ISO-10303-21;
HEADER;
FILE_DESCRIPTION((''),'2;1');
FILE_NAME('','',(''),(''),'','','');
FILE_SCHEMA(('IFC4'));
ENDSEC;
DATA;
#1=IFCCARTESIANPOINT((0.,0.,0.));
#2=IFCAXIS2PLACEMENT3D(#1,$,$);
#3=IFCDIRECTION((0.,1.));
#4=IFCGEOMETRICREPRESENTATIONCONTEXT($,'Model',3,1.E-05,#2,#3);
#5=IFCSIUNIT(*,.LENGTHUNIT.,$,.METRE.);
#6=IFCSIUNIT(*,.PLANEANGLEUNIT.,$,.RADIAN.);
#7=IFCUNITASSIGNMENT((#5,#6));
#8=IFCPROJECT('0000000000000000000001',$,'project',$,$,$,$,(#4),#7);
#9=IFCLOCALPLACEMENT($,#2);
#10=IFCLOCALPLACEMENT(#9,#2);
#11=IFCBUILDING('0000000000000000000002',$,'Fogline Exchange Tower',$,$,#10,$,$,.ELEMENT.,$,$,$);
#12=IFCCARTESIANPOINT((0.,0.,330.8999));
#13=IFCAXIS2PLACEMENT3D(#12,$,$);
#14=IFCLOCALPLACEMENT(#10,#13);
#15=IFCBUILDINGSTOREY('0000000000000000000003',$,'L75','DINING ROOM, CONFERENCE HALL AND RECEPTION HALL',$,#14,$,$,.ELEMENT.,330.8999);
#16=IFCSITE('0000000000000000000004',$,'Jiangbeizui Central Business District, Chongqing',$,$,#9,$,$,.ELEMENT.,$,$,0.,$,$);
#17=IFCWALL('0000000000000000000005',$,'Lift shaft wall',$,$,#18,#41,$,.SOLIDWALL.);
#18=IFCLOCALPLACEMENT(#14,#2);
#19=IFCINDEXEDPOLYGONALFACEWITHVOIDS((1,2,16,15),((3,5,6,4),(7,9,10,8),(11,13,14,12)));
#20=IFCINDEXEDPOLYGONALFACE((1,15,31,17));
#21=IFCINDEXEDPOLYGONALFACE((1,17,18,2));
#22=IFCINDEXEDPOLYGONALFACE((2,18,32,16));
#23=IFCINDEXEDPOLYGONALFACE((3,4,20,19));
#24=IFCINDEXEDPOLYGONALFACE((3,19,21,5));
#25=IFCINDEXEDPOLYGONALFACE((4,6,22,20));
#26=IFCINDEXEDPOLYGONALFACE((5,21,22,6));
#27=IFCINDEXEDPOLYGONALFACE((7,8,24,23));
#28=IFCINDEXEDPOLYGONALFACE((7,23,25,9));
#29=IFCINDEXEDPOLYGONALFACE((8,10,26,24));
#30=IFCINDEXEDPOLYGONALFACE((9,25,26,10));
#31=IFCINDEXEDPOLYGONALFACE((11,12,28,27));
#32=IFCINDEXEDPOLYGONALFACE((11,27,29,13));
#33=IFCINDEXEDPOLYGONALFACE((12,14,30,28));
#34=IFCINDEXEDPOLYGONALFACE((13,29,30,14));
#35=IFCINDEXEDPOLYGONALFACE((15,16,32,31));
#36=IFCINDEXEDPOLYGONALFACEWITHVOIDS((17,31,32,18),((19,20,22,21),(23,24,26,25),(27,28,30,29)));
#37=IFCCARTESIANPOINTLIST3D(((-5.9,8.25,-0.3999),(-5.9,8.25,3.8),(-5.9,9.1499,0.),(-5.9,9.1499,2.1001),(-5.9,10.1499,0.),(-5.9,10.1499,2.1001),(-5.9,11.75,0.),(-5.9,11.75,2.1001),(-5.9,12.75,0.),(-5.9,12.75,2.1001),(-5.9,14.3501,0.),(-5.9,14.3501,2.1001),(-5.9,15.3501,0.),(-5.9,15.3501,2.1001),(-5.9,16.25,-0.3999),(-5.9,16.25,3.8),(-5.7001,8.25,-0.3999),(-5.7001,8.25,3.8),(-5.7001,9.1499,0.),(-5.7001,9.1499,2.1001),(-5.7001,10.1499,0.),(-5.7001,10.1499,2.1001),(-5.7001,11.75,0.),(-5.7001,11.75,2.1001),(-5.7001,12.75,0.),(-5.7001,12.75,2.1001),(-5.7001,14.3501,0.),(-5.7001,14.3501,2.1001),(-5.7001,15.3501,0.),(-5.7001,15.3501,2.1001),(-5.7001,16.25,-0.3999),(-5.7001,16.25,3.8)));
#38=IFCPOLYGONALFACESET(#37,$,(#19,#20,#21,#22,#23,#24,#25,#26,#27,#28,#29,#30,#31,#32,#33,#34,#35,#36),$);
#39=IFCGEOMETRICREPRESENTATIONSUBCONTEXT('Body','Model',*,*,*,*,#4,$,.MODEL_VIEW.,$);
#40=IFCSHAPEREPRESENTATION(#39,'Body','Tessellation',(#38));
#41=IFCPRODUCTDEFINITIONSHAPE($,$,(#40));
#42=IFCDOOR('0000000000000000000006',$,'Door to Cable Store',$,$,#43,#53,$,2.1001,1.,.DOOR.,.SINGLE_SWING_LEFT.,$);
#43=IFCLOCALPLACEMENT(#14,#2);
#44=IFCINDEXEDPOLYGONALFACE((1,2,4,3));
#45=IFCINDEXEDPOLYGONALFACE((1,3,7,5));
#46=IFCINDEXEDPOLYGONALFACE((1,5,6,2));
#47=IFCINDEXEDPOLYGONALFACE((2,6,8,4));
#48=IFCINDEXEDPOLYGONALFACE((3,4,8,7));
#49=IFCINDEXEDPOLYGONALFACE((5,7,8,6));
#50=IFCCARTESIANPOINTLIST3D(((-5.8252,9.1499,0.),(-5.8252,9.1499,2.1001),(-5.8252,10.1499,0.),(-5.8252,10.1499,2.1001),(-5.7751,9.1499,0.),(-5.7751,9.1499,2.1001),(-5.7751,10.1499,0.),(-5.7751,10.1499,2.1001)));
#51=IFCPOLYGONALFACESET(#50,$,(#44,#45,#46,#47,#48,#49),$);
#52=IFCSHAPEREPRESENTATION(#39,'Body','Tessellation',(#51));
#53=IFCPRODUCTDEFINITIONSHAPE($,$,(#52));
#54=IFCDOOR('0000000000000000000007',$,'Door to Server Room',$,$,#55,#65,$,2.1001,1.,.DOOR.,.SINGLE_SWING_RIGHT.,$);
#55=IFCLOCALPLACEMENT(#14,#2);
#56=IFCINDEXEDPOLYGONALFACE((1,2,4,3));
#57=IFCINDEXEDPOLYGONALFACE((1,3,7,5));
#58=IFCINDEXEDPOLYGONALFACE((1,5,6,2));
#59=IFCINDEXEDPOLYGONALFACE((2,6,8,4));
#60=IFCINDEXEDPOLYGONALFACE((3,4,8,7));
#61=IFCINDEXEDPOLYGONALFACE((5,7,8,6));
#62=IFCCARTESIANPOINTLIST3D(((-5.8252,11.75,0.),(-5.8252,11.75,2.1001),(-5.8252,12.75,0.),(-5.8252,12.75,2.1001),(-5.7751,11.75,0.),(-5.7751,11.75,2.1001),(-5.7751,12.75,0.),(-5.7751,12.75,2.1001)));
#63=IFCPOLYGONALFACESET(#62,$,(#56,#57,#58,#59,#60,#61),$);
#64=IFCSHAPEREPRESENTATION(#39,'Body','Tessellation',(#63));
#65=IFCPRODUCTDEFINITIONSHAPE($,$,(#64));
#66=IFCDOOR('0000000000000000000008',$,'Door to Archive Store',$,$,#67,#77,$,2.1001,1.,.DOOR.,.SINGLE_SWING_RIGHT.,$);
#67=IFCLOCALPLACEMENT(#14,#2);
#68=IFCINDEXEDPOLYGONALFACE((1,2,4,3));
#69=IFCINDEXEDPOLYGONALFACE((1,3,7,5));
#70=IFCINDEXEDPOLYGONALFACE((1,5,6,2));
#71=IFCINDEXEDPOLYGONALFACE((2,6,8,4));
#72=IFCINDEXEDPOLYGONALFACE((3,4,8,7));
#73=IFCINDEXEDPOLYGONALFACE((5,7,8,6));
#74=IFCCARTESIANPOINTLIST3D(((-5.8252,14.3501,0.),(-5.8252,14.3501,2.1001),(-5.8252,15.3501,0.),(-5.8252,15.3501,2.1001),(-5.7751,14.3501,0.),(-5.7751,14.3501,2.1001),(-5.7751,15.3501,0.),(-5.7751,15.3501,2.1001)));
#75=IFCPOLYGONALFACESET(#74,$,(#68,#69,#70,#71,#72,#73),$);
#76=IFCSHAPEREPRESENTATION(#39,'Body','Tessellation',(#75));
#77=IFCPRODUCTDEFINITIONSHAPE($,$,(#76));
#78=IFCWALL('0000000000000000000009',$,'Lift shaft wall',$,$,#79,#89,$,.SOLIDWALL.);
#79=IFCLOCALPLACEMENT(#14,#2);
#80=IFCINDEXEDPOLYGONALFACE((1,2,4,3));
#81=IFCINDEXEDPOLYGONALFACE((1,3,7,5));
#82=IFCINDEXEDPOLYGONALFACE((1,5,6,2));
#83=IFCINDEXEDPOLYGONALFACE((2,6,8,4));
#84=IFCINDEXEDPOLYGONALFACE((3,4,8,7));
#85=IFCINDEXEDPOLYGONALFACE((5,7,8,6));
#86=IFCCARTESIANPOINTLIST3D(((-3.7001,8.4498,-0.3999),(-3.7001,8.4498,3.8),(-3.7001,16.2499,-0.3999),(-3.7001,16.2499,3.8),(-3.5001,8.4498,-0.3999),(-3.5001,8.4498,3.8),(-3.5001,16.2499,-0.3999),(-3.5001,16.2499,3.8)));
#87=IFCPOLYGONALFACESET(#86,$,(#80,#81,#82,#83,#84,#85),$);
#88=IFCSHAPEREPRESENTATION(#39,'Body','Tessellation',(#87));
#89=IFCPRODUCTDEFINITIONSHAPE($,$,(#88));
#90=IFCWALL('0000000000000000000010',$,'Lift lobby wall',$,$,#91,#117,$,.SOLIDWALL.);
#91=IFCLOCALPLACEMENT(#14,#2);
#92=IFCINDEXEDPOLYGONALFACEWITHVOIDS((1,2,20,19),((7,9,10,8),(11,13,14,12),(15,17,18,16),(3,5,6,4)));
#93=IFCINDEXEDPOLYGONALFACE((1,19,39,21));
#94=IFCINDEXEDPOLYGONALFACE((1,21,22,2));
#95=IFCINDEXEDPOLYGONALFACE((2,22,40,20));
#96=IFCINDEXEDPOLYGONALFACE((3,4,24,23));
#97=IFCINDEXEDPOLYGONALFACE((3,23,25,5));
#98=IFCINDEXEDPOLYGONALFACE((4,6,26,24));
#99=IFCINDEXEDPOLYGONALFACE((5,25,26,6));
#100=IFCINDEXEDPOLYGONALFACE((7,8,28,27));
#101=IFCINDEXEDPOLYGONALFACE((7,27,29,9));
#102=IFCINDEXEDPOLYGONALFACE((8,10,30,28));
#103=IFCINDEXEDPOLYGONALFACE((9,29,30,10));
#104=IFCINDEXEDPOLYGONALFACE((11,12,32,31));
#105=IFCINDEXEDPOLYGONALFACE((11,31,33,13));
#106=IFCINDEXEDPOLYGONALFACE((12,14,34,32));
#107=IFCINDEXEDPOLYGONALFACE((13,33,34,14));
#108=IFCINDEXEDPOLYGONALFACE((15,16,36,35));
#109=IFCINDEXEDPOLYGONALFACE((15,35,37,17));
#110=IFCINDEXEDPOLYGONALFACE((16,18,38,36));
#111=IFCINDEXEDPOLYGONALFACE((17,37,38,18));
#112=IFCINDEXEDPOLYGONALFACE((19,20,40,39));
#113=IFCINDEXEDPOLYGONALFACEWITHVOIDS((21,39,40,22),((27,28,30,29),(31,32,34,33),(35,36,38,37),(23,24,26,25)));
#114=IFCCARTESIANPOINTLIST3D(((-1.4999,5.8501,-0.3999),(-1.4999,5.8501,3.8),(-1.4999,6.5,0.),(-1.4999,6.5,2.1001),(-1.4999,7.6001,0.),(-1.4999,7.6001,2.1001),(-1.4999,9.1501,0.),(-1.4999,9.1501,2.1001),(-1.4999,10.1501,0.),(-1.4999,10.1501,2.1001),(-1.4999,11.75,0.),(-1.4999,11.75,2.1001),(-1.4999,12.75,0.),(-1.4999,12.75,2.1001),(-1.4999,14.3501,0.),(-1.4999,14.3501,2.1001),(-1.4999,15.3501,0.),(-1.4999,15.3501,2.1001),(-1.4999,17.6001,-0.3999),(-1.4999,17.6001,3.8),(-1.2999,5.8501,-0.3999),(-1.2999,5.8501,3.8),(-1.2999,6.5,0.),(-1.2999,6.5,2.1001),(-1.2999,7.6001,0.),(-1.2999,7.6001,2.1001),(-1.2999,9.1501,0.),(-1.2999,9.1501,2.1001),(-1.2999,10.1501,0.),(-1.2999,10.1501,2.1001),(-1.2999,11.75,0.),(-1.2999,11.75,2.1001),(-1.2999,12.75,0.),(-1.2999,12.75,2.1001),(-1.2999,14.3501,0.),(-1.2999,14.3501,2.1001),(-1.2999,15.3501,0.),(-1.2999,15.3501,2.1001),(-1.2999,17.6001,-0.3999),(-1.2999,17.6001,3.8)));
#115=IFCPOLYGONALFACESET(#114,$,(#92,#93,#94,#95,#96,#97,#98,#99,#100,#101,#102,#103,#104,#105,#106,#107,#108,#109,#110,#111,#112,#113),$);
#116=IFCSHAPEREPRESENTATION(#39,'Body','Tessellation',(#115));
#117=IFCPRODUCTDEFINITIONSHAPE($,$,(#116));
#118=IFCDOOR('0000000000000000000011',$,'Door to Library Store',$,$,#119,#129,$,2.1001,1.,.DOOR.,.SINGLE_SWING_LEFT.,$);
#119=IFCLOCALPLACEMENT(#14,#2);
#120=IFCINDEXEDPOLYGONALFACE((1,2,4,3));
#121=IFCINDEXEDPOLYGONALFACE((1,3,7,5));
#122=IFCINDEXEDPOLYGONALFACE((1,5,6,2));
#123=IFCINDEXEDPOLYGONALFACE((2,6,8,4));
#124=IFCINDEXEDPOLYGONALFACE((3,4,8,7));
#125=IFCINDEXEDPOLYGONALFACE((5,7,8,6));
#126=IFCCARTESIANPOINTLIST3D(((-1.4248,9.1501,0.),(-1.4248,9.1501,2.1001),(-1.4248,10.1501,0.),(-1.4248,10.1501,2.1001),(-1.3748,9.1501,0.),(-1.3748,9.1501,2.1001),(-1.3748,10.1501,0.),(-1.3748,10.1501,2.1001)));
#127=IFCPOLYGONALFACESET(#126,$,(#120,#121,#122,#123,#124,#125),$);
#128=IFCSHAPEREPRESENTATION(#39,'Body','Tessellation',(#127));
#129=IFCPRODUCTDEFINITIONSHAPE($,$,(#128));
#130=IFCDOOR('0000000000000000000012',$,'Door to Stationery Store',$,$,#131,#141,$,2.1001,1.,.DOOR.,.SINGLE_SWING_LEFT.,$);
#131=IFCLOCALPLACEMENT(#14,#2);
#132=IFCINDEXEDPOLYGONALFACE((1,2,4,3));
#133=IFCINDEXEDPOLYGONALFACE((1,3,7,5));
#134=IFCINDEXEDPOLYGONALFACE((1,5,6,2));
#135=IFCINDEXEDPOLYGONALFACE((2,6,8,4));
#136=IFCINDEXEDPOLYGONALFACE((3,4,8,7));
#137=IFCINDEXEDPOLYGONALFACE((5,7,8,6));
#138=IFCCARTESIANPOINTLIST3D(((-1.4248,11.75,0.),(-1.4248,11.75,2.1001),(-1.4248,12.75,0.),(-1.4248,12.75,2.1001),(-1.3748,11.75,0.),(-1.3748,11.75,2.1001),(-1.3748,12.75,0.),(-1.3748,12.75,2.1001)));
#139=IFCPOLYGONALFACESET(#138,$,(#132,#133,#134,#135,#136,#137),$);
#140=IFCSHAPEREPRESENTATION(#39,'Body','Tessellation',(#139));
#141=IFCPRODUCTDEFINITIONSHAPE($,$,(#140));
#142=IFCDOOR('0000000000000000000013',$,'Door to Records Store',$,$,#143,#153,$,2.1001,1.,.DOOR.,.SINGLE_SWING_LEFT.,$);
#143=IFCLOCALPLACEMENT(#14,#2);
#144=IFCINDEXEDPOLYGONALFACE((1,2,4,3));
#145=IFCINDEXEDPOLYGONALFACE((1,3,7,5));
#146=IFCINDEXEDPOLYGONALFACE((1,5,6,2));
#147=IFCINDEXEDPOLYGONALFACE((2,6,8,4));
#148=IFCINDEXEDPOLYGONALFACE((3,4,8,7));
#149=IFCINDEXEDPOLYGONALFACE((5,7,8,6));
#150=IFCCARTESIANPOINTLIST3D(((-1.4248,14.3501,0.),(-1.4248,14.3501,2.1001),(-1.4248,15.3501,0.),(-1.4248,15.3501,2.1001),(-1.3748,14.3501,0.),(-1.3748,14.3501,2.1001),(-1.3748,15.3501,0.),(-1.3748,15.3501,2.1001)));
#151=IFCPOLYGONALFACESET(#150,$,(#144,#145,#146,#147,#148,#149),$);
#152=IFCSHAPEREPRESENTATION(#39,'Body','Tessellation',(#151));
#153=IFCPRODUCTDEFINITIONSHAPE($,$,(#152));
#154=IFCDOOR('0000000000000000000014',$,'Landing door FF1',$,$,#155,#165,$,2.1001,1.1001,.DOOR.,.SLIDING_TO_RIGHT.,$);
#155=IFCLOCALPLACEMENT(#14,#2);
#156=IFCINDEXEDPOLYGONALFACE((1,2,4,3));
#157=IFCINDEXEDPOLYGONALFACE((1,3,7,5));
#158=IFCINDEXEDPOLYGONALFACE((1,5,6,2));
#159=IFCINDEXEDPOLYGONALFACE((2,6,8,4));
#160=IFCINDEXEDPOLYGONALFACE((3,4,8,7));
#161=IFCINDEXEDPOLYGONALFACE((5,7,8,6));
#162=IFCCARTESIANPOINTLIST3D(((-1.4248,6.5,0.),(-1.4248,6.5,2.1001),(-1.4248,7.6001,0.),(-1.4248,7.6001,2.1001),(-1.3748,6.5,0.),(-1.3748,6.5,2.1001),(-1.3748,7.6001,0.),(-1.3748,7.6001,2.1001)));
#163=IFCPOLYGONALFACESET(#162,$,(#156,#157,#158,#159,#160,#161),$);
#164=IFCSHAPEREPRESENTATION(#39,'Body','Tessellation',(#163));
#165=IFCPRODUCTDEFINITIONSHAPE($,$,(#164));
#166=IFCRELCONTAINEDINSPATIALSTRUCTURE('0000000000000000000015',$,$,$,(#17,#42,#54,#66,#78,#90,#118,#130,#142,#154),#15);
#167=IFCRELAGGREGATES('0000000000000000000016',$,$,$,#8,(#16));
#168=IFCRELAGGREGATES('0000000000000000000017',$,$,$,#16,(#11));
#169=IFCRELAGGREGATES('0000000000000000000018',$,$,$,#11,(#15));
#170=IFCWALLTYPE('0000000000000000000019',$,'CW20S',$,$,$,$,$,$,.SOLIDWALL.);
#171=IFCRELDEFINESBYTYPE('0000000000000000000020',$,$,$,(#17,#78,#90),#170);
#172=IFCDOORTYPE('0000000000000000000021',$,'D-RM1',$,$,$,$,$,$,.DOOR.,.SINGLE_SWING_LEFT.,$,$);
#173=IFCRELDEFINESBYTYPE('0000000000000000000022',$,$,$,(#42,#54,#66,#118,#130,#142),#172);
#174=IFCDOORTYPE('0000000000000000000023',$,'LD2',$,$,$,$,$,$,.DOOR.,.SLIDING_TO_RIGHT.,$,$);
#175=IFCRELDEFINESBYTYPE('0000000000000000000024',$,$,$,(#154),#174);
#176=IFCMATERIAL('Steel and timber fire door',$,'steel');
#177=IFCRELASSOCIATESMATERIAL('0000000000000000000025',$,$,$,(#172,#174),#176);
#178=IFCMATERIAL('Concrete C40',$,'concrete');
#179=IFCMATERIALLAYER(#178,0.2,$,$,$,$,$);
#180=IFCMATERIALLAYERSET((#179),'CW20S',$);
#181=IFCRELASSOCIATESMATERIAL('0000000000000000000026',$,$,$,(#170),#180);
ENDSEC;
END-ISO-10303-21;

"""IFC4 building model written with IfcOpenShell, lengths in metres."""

from ifc_helpers import new_model, si_unit, direction, frame, frame_2d, origin, place, context, subcontext, project, spatial, rectangle, extrude, material, layer, layer_set, type_object, element, fill, save


model = new_model("IFC4")

# Units and contexts
model_context = context("Model", 3, precision=1e-05, world=origin(), true_north=direction((0.0, 1.0)))
body_context = subcontext(model_context, "Body", "Model", "MODEL_VIEW")
ifc_project = project(units=[si_unit("LENGTHUNIT", "METRE"), si_unit("PLANEANGLEUNIT", "RADIAN")], contexts=[model_context])

# Site, building, storey
site_placement = place(None, origin())
site = spatial("IfcSite", under=ifc_project, at=site_placement, Name="Jiangbeizui Central Business District, Chongqing", CompositionType="ELEMENT", RefElevation=0.0)
building_placement = place(site_placement, origin())
building = spatial("IfcBuilding", under=site, at=building_placement, Name="Fogline Exchange Tower", CompositionType="ELEMENT")
storey_placement = place(building_placement, frame((0.0, 0.0, 330.8999)))
storey = spatial("IfcBuildingStorey", under=building, at=storey_placement, Name="L75", Description="DINING ROOM, CONFERENCE HALL AND RECEPTION HALL", CompositionType="ELEMENT", Elevation=330.8999)

# Shared definitions
ifc_material_1 = material(Name="Steel and timber fire door", Category="steel")

# Shared definitions
ifc_material_2 = material(Name="Concrete C40", Category="concrete")

# Shared definitions
door_type_1 = type_object("IfcDoorType", Name="D-RM1", OperationType="SINGLE_SWING_LEFT", PredefinedType="DOOR", material=ifc_material_1)

# Wall, openings, doors
ifc_layer_1 = layer(ifc_material_2, 0.2)
ifc_layer_set_1 = layer_set([ifc_layer_1], Name="CW20S")
wall_type_1 = type_object("IfcWallType", Name="CW20S", PredefinedType="SOLIDWALL", material=ifc_layer_set_1)
wall_1_placement = place(storey_placement, frame((-5.8, 8.25, -0.3999), z_axis=(0.0, 0.0, 1.0), x_axis=(0.0, 1.0, 0.0)))
wall_1 = element("IfcWall", 1, at=wall_1_placement, inside=storey, type_object=wall_type_1, Name="Lift shaft wall", PredefinedType="SOLIDWALL", context=body_context, shape_type="SweptSolid", body=[
    extrude(rectangle(XDim=8.0, YDim=0.2, at=frame_2d((4.0, 0.0))), origin(), (0.0, 0.0, 1.0), 4.2),
])
opening_1_placement = place(wall_1_placement, frame((0.8999, 0.0, 0.3999)))
opening_1 = element("IfcOpeningElement", 2, at=opening_1_placement, cuts=wall_1, PredefinedType="OPENING", context=body_context, shape_type="SweptSolid", body=[
    extrude(rectangle(XDim=1.0, YDim=2.1001, at=frame_2d((0.5, 1.05))), frame((0.0, 0.1099, 0.0), z_axis=(0.0, -1.0, 0.0), x_axis=(1.0, 0.0, 0.0)), (0.0, 0.0, 1.0), 0.22),
])
opening_2_placement = place(wall_1_placement, frame((3.5, 0.0, 0.3999)))
opening_2 = element("IfcOpeningElement", 3, at=opening_2_placement, cuts=wall_1, PredefinedType="OPENING", context=body_context, shape_type="SweptSolid", body=[
    extrude(rectangle(XDim=1.0, YDim=2.1001, at=frame_2d((0.5, 1.05))), frame((0.0, 0.1099, 0.0), z_axis=(0.0, -1.0, 0.0), x_axis=(1.0, 0.0, 0.0)), (0.0, 0.0, 1.0), 0.22),
])
opening_3_placement = place(wall_1_placement, frame((6.1001, 0.0, 0.3999)))
opening_3 = element("IfcOpeningElement", 4, at=opening_3_placement, cuts=wall_1, PredefinedType="OPENING", context=body_context, shape_type="SweptSolid", body=[
    extrude(rectangle(XDim=1.0, YDim=2.1001, at=frame_2d((0.5, 1.05))), frame((0.0, 0.1099, 0.0), z_axis=(0.0, -1.0, 0.0), x_axis=(1.0, 0.0, 0.0)), (0.0, 0.0, 1.0), 0.22),
])
door_1_placement = place(opening_1_placement, frame((1.0, 0.0, 0.0), z_axis=(0.0, 0.0, 1.0), x_axis=(-1.0, 0.0, 0.0)))
door_1 = element("IfcDoor", 5, at=door_1_placement, inside=storey, type_object=door_type_1, Name="Door to Cable Store", OperationType="SINGLE_SWING_LEFT", OverallHeight=2.1001, OverallWidth=1.0, PredefinedType="DOOR", context=body_context, shape_type="SweptSolid", body=[
    extrude(rectangle(XDim=1.0, YDim=2.1001, at=frame_2d((0.5, 1.05))), frame((0.0, 0.0249, 0.0), z_axis=(0.0, -1.0, 0.0), x_axis=(1.0, 0.0, 0.0)), (0.0, 0.0, 1.0), 0.05),
])
fill(opening_1, door_1)
door_2_placement = place(opening_2_placement, frame((1.0, 0.0, 0.0), z_axis=(0.0, 0.0, 1.0), x_axis=(-1.0, 0.0, 0.0)))
door_2 = element("IfcDoor", 6, at=door_2_placement, inside=storey, type_object=door_type_1, Name="Door to Server Room", OperationType="SINGLE_SWING_RIGHT", OverallHeight=2.1001, OverallWidth=1.0, PredefinedType="DOOR", context=body_context, shape_type="SweptSolid", body=[
    extrude(rectangle(XDim=1.0, YDim=2.1001, at=frame_2d((0.5, 1.05))), frame((0.0, 0.0249, 0.0), z_axis=(0.0, -1.0, 0.0), x_axis=(1.0, 0.0, 0.0)), (0.0, 0.0, 1.0), 0.05),
])
fill(opening_2, door_2)
door_3_placement = place(opening_3_placement, frame((1.0, 0.0, 0.0), z_axis=(0.0, 0.0, 1.0), x_axis=(-1.0, 0.0, 0.0)))
door_3 = element("IfcDoor", 7, at=door_3_placement, inside=storey, type_object=door_type_1, Name="Door to Archive Store", OperationType="SINGLE_SWING_RIGHT", OverallHeight=2.1001, OverallWidth=1.0, PredefinedType="DOOR", context=body_context, shape_type="SweptSolid", body=[
    extrude(rectangle(XDim=1.0, YDim=2.1001, at=frame_2d((0.5, 1.05))), frame((0.0, 0.0249, 0.0), z_axis=(0.0, -1.0, 0.0), x_axis=(1.0, 0.0, 0.0)), (0.0, 0.0, 1.0), 0.05),
])
fill(opening_3, door_3)

# Wall
wall_2_placement = place(storey_placement, frame((-3.6001, 8.45, -0.3999), z_axis=(0.0, 0.0, 1.0), x_axis=(0.0, 1.0, 0.0)))
element("IfcWall", 8, at=wall_2_placement, inside=storey, type_object=wall_type_1, Name="Lift shaft wall", PredefinedType="SOLIDWALL", context=body_context, shape_type="SweptSolid", body=[
    extrude(rectangle(XDim=7.8, YDim=0.2, at=frame_2d((3.8999, 0.0))), origin(), (0.0, 0.0, 1.0), 4.2),
])

# Wall, openings, doors
wall_3_placement = place(storey_placement, frame((-1.3999, 5.8501, -0.3999), z_axis=(0.0, 0.0, 1.0), x_axis=(0.0, 1.0, 0.0)))
wall_3 = element("IfcWall", 9, at=wall_3_placement, inside=storey, type_object=wall_type_1, Name="Lift lobby wall", PredefinedType="SOLIDWALL", context=body_context, shape_type="SweptSolid", body=[
    extrude(rectangle(XDim=11.75, YDim=0.2, at=frame_2d((5.875, 0.0))), origin(), (0.0, 0.0, 1.0), 4.2),
])
opening_4_placement = place(wall_3_placement, frame((0.6499, 0.0, 0.3999)))
opening_4 = element("IfcOpeningElement", 10, at=opening_4_placement, cuts=wall_3, PredefinedType="OPENING", context=body_context, shape_type="SweptSolid", body=[
    extrude(rectangle(XDim=1.1001, YDim=2.1001, at=frame_2d((0.55, 1.05))), frame((0.0, 0.1099, 0.0), z_axis=(0.0, -1.0, 0.0), x_axis=(1.0, 0.0, 0.0)), (0.0, 0.0, 1.0), 0.22),
])
opening_5_placement = place(wall_3_placement, frame((3.3, 0.0, 0.3999)))
opening_5 = element("IfcOpeningElement", 11, at=opening_5_placement, cuts=wall_3, PredefinedType="OPENING", context=body_context, shape_type="SweptSolid", body=[
    extrude(rectangle(XDim=1.0, YDim=2.1001, at=frame_2d((0.5, 1.05))), frame((0.0, 0.1099, 0.0), z_axis=(0.0, -1.0, 0.0), x_axis=(1.0, 0.0, 0.0)), (0.0, 0.0, 1.0), 0.22),
])
opening_6_placement = place(wall_3_placement, frame((5.8999, 0.0, 0.3999)))
opening_6 = element("IfcOpeningElement", 12, at=opening_6_placement, cuts=wall_3, PredefinedType="OPENING", context=body_context, shape_type="SweptSolid", body=[
    extrude(rectangle(XDim=1.0, YDim=2.1001, at=frame_2d((0.5, 1.05))), frame((0.0, 0.1099, 0.0), z_axis=(0.0, -1.0, 0.0), x_axis=(1.0, 0.0, 0.0)), (0.0, 0.0, 1.0), 0.22),
])
opening_7_placement = place(wall_3_placement, frame((8.5, 0.0, 0.3999)))
opening_7 = element("IfcOpeningElement", 13, at=opening_7_placement, cuts=wall_3, PredefinedType="OPENING", context=body_context, shape_type="SweptSolid", body=[
    extrude(rectangle(XDim=1.0, YDim=2.1001, at=frame_2d((0.5, 1.05))), frame((0.0, 0.1099, 0.0), z_axis=(0.0, -1.0, 0.0), x_axis=(1.0, 0.0, 0.0)), (0.0, 0.0, 1.0), 0.22),
])
door_4_placement = place(opening_5_placement, origin())
door_4 = element("IfcDoor", 14, at=door_4_placement, inside=storey, type_object=door_type_1, Name="Door to Library Store", OperationType="SINGLE_SWING_LEFT", OverallHeight=2.1001, OverallWidth=1.0, PredefinedType="DOOR", context=body_context, shape_type="SweptSolid", body=[
    extrude(rectangle(XDim=1.0, YDim=2.1001, at=frame_2d((0.5, 1.05))), frame((0.0, 0.0249, 0.0), z_axis=(0.0, -1.0, 0.0), x_axis=(1.0, 0.0, 0.0)), (0.0, 0.0, 1.0), 0.05),
])
fill(opening_5, door_4)
door_5_placement = place(opening_6_placement, origin())
door_5 = element("IfcDoor", 15, at=door_5_placement, inside=storey, type_object=door_type_1, Name="Door to Stationery Store", OperationType="SINGLE_SWING_LEFT", OverallHeight=2.1001, OverallWidth=1.0, PredefinedType="DOOR", context=body_context, shape_type="SweptSolid", body=[
    extrude(rectangle(XDim=1.0, YDim=2.1001, at=frame_2d((0.5, 1.05))), frame((0.0, 0.0249, 0.0), z_axis=(0.0, -1.0, 0.0), x_axis=(1.0, 0.0, 0.0)), (0.0, 0.0, 1.0), 0.05),
])
fill(opening_6, door_5)
door_6_placement = place(opening_7_placement, origin())
door_6 = element("IfcDoor", 16, at=door_6_placement, inside=storey, type_object=door_type_1, Name="Door to Records Store", OperationType="SINGLE_SWING_LEFT", OverallHeight=2.1001, OverallWidth=1.0, PredefinedType="DOOR", context=body_context, shape_type="SweptSolid", body=[
    extrude(rectangle(XDim=1.0, YDim=2.1001, at=frame_2d((0.5, 1.05))), frame((0.0, 0.0249, 0.0), z_axis=(0.0, -1.0, 0.0), x_axis=(1.0, 0.0, 0.0)), (0.0, 0.0, 1.0), 0.05),
])
fill(opening_7, door_6)
door_type_2 = type_object("IfcDoorType", Name="LD2", OperationType="SLIDING_TO_RIGHT", PredefinedType="DOOR", material=ifc_material_1)
door_7_placement = place(opening_4_placement, origin())
door_7 = element("IfcDoor", 17, at=door_7_placement, inside=storey, type_object=door_type_2, Name="Landing door FF1", OperationType="SLIDING_TO_RIGHT", OverallHeight=2.1001, OverallWidth=1.1001, PredefinedType="DOOR", context=body_context, shape_type="SweptSolid", body=[
    extrude(rectangle(XDim=1.1001, YDim=2.1001, at=frame_2d((0.55, 1.05))), frame((0.0, 0.0249, 0.0), z_axis=(0.0, -1.0, 0.0), x_axis=(1.0, 0.0, 0.0)), (0.0, 0.0, 1.0), 0.05),
])
fill(opening_4, door_7)

save(model, "model.ifc")
